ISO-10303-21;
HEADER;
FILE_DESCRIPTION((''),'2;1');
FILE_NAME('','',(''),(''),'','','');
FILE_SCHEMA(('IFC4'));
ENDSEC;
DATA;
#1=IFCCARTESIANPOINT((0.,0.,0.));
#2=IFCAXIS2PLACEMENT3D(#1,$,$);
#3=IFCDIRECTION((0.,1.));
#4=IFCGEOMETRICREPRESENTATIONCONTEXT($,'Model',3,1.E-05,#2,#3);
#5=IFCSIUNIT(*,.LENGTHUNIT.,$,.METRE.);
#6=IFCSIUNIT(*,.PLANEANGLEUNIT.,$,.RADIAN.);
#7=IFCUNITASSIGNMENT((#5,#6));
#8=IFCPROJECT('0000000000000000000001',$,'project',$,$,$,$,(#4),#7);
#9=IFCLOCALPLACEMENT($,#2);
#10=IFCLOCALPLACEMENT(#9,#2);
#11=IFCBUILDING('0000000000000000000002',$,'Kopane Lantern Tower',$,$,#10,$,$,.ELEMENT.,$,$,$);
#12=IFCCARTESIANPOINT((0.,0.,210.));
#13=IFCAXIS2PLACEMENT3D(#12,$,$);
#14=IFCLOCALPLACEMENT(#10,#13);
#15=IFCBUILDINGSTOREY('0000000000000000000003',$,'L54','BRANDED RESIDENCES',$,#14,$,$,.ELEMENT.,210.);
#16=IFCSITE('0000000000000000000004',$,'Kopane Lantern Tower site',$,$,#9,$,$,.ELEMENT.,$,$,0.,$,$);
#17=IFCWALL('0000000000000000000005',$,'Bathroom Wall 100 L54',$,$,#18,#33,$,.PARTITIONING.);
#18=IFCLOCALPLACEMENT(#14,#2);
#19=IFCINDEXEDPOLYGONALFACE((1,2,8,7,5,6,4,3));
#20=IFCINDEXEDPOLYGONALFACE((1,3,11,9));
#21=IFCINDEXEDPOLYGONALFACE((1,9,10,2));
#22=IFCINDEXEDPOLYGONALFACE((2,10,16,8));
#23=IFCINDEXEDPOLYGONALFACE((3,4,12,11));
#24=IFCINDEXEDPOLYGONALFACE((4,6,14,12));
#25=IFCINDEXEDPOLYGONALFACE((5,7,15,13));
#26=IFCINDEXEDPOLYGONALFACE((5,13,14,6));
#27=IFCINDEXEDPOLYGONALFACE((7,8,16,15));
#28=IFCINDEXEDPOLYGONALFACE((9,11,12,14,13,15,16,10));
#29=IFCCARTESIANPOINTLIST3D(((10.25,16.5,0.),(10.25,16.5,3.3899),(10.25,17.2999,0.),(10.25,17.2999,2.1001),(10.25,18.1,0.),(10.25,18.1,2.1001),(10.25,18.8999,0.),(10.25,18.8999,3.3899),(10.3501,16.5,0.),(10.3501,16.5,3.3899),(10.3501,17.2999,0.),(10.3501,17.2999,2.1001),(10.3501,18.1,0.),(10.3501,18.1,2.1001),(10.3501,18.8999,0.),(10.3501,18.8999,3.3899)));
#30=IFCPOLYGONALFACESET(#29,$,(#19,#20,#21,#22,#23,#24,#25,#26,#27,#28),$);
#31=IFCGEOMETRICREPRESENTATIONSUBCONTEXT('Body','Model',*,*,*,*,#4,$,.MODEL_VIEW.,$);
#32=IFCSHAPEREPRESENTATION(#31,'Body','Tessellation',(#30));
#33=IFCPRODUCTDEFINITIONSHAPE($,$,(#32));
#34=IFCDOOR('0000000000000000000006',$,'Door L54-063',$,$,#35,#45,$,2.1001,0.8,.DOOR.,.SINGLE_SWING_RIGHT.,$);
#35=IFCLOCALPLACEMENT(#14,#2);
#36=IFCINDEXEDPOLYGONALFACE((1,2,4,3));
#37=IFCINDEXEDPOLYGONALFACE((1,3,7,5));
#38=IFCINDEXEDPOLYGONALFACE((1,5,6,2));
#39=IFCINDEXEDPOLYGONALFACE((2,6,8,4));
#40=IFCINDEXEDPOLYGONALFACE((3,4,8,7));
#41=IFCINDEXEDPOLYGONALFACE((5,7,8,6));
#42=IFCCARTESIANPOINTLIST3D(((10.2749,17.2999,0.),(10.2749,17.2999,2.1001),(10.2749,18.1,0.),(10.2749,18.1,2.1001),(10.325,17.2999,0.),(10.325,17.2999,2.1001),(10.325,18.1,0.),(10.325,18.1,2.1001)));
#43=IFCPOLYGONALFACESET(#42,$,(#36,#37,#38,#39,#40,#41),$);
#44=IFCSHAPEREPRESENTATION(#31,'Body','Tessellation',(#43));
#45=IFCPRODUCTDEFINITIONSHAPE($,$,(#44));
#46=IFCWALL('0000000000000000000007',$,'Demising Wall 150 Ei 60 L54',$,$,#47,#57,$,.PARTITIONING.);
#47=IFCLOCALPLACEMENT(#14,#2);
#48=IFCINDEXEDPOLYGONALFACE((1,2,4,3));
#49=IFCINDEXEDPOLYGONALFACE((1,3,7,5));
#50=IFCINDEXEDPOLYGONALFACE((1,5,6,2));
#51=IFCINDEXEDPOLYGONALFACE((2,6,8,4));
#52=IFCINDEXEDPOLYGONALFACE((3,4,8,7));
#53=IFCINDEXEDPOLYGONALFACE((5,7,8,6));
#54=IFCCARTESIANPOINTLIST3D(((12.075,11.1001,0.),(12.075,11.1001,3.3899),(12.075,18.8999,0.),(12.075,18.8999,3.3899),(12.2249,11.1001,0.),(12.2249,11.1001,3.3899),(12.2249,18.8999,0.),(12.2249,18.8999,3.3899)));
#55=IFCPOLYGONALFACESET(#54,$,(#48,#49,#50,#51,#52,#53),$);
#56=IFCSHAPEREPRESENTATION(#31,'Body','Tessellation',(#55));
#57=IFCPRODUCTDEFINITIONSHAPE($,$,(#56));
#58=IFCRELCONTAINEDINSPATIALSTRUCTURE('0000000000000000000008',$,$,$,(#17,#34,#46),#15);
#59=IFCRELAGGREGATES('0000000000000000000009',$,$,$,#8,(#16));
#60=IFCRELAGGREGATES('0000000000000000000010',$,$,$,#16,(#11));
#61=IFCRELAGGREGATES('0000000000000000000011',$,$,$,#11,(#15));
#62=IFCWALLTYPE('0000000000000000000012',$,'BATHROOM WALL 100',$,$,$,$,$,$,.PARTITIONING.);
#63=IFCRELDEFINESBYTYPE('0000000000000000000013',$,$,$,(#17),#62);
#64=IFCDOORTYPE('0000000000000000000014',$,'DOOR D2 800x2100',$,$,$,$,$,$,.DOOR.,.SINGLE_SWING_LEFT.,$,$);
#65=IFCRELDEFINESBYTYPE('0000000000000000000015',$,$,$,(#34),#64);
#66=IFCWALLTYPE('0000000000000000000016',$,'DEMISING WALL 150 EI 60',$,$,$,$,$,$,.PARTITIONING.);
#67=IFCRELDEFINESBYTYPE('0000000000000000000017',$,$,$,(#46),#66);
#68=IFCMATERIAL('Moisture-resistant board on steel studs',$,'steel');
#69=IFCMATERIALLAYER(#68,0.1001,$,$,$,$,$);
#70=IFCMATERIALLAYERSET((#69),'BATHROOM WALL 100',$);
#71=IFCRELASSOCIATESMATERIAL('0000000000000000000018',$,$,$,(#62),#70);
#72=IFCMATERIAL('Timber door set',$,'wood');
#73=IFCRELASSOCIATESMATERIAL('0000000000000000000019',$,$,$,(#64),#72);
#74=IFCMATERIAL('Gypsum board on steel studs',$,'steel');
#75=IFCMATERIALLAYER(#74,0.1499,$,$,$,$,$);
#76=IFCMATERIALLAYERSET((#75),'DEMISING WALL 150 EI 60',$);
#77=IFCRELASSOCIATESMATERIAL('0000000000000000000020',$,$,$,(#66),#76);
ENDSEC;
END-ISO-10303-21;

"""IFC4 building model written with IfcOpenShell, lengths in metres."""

from ifc_helpers import new_model, si_unit, direction, frame, frame_2d, origin, place, context, subcontext, project, spatial, rectangle, extrude, material, layer, layer_set, type_object, element, fill, save


model = new_model("IFC4")

# Units and contexts
model_context = context("Model", 3, precision=1e-05, world=origin(), true_north=direction((0.0, 1.0)))
body_context = subcontext(model_context, "Body", "Model", "MODEL_VIEW")
ifc_project = project(units=[si_unit("LENGTHUNIT", "METRE"), si_unit("PLANEANGLEUNIT", "RADIAN")], contexts=[model_context])

# Site, building, storey
site_placement = place(None, origin())
site = spatial("IfcSite", under=ifc_project, at=site_placement, Name="Kopane Lantern Tower site", CompositionType="ELEMENT", RefElevation=0.0)
building_placement = place(site_placement, origin())
building = spatial("IfcBuilding", under=site, at=building_placement, Name="Kopane Lantern Tower", CompositionType="ELEMENT")
storey_placement = place(building_placement, frame((0.0, 0.0, 210.0)))
storey = spatial("IfcBuildingStorey", under=building, at=storey_placement, Name="L54", Description="BRANDED RESIDENCES", CompositionType="ELEMENT", Elevation=210.0)

# Wall, opening, door
ifc_material_1 = material(Name="Moisture-resistant board on steel studs", Category="steel")
ifc_layer_1 = layer(ifc_material_1, 0.1001)
ifc_layer_set_1 = layer_set([ifc_layer_1], Name="BATHROOM WALL 100")
wall_type_1 = type_object("IfcWallType", Name="BATHROOM WALL 100", PredefinedType="PARTITIONING", material=ifc_layer_set_1)
wall_1_placement = place(storey_placement, frame((10.3, 18.8999, 0.0), z_axis=(0.0, 0.0, 1.0), x_axis=(0.0, -1.0, 0.0)))
wall_1 = element("IfcWall", 1, at=wall_1_placement, inside=storey, type_object=wall_type_1, Name="Bathroom Wall 100 L54", PredefinedType="PARTITIONING", context=body_context, shape_type="SweptSolid", body=[
    extrude(rectangle(XDim=2.3999, YDim=0.1001, at=frame_2d((1.2, 0.0))), origin(), (0.0, 0.0, 1.0), 3.3899),
])
opening_placement = place(wall_1_placement, frame((0.8, 0.0, 0.0)))
opening = element("IfcOpeningElement", 2, at=opening_placement, cuts=wall_1, PredefinedType="OPENING", context=body_context, shape_type="SweptSolid", body=[
    extrude(rectangle(XDim=0.8, YDim=2.1001, at=frame_2d((0.3999, 1.05))), frame((0.0, 0.0601, 0.0), z_axis=(0.0, -1.0, 0.0), x_axis=(1.0, 0.0, 0.0)), (0.0, 0.0, 1.0), 0.1201),
])
ifc_material_2 = material(Name="Timber door set", Category="wood")
door_type = type_object("IfcDoorType", Name="DOOR D2 800x2100", OperationType="SINGLE_SWING_LEFT", PredefinedType="DOOR", material=ifc_material_2)
door_placement = place(opening_placement, origin())
door = element("IfcDoor", 3, at=door_placement, inside=storey, type_object=door_type, Name="Door L54-063", OperationType="SINGLE_SWING_RIGHT", OverallHeight=2.1001, OverallWidth=0.8, PredefinedType="DOOR", context=body_context, shape_type="SweptSolid", body=[
    extrude(rectangle(XDim=0.8, YDim=2.1001, at=frame_2d((0.3999, 1.05))), frame((0.0, 0.0249, 0.0), z_axis=(0.0, -1.0, 0.0), x_axis=(1.0, 0.0, 0.0)), (0.0, 0.0, 1.0), 0.05),
])
fill(opening, door)

# Wall
ifc_material_3 = material(Name="Gypsum board on steel studs", Category="steel")
ifc_layer_2 = layer(ifc_material_3, 0.1499)
ifc_layer_set_2 = layer_set([ifc_layer_2], Name="DEMISING WALL 150 EI 60")
wall_type_2 = type_object("IfcWallType", Name="DEMISING WALL 150 EI 60", PredefinedType="PARTITIONING", material=ifc_layer_set_2)
wall_2_placement = place(storey_placement, frame((12.1499, 18.8999, 0.0), z_axis=(0.0, 0.0, 1.0), x_axis=(0.0, -1.0, 0.0)))
element("IfcWall", 4, at=wall_2_placement, inside=storey, type_object=wall_type_2, Name="Demising Wall 150 Ei 60 L54", PredefinedType="PARTITIONING", context=body_context, shape_type="SweptSolid", body=[
    extrude(rectangle(XDim=7.7998, YDim=0.1499, at=frame_2d((3.8999, 0.0))), origin(), (0.0, 0.0, 1.0), 3.3899),
])

save(model, "model.ifc")
